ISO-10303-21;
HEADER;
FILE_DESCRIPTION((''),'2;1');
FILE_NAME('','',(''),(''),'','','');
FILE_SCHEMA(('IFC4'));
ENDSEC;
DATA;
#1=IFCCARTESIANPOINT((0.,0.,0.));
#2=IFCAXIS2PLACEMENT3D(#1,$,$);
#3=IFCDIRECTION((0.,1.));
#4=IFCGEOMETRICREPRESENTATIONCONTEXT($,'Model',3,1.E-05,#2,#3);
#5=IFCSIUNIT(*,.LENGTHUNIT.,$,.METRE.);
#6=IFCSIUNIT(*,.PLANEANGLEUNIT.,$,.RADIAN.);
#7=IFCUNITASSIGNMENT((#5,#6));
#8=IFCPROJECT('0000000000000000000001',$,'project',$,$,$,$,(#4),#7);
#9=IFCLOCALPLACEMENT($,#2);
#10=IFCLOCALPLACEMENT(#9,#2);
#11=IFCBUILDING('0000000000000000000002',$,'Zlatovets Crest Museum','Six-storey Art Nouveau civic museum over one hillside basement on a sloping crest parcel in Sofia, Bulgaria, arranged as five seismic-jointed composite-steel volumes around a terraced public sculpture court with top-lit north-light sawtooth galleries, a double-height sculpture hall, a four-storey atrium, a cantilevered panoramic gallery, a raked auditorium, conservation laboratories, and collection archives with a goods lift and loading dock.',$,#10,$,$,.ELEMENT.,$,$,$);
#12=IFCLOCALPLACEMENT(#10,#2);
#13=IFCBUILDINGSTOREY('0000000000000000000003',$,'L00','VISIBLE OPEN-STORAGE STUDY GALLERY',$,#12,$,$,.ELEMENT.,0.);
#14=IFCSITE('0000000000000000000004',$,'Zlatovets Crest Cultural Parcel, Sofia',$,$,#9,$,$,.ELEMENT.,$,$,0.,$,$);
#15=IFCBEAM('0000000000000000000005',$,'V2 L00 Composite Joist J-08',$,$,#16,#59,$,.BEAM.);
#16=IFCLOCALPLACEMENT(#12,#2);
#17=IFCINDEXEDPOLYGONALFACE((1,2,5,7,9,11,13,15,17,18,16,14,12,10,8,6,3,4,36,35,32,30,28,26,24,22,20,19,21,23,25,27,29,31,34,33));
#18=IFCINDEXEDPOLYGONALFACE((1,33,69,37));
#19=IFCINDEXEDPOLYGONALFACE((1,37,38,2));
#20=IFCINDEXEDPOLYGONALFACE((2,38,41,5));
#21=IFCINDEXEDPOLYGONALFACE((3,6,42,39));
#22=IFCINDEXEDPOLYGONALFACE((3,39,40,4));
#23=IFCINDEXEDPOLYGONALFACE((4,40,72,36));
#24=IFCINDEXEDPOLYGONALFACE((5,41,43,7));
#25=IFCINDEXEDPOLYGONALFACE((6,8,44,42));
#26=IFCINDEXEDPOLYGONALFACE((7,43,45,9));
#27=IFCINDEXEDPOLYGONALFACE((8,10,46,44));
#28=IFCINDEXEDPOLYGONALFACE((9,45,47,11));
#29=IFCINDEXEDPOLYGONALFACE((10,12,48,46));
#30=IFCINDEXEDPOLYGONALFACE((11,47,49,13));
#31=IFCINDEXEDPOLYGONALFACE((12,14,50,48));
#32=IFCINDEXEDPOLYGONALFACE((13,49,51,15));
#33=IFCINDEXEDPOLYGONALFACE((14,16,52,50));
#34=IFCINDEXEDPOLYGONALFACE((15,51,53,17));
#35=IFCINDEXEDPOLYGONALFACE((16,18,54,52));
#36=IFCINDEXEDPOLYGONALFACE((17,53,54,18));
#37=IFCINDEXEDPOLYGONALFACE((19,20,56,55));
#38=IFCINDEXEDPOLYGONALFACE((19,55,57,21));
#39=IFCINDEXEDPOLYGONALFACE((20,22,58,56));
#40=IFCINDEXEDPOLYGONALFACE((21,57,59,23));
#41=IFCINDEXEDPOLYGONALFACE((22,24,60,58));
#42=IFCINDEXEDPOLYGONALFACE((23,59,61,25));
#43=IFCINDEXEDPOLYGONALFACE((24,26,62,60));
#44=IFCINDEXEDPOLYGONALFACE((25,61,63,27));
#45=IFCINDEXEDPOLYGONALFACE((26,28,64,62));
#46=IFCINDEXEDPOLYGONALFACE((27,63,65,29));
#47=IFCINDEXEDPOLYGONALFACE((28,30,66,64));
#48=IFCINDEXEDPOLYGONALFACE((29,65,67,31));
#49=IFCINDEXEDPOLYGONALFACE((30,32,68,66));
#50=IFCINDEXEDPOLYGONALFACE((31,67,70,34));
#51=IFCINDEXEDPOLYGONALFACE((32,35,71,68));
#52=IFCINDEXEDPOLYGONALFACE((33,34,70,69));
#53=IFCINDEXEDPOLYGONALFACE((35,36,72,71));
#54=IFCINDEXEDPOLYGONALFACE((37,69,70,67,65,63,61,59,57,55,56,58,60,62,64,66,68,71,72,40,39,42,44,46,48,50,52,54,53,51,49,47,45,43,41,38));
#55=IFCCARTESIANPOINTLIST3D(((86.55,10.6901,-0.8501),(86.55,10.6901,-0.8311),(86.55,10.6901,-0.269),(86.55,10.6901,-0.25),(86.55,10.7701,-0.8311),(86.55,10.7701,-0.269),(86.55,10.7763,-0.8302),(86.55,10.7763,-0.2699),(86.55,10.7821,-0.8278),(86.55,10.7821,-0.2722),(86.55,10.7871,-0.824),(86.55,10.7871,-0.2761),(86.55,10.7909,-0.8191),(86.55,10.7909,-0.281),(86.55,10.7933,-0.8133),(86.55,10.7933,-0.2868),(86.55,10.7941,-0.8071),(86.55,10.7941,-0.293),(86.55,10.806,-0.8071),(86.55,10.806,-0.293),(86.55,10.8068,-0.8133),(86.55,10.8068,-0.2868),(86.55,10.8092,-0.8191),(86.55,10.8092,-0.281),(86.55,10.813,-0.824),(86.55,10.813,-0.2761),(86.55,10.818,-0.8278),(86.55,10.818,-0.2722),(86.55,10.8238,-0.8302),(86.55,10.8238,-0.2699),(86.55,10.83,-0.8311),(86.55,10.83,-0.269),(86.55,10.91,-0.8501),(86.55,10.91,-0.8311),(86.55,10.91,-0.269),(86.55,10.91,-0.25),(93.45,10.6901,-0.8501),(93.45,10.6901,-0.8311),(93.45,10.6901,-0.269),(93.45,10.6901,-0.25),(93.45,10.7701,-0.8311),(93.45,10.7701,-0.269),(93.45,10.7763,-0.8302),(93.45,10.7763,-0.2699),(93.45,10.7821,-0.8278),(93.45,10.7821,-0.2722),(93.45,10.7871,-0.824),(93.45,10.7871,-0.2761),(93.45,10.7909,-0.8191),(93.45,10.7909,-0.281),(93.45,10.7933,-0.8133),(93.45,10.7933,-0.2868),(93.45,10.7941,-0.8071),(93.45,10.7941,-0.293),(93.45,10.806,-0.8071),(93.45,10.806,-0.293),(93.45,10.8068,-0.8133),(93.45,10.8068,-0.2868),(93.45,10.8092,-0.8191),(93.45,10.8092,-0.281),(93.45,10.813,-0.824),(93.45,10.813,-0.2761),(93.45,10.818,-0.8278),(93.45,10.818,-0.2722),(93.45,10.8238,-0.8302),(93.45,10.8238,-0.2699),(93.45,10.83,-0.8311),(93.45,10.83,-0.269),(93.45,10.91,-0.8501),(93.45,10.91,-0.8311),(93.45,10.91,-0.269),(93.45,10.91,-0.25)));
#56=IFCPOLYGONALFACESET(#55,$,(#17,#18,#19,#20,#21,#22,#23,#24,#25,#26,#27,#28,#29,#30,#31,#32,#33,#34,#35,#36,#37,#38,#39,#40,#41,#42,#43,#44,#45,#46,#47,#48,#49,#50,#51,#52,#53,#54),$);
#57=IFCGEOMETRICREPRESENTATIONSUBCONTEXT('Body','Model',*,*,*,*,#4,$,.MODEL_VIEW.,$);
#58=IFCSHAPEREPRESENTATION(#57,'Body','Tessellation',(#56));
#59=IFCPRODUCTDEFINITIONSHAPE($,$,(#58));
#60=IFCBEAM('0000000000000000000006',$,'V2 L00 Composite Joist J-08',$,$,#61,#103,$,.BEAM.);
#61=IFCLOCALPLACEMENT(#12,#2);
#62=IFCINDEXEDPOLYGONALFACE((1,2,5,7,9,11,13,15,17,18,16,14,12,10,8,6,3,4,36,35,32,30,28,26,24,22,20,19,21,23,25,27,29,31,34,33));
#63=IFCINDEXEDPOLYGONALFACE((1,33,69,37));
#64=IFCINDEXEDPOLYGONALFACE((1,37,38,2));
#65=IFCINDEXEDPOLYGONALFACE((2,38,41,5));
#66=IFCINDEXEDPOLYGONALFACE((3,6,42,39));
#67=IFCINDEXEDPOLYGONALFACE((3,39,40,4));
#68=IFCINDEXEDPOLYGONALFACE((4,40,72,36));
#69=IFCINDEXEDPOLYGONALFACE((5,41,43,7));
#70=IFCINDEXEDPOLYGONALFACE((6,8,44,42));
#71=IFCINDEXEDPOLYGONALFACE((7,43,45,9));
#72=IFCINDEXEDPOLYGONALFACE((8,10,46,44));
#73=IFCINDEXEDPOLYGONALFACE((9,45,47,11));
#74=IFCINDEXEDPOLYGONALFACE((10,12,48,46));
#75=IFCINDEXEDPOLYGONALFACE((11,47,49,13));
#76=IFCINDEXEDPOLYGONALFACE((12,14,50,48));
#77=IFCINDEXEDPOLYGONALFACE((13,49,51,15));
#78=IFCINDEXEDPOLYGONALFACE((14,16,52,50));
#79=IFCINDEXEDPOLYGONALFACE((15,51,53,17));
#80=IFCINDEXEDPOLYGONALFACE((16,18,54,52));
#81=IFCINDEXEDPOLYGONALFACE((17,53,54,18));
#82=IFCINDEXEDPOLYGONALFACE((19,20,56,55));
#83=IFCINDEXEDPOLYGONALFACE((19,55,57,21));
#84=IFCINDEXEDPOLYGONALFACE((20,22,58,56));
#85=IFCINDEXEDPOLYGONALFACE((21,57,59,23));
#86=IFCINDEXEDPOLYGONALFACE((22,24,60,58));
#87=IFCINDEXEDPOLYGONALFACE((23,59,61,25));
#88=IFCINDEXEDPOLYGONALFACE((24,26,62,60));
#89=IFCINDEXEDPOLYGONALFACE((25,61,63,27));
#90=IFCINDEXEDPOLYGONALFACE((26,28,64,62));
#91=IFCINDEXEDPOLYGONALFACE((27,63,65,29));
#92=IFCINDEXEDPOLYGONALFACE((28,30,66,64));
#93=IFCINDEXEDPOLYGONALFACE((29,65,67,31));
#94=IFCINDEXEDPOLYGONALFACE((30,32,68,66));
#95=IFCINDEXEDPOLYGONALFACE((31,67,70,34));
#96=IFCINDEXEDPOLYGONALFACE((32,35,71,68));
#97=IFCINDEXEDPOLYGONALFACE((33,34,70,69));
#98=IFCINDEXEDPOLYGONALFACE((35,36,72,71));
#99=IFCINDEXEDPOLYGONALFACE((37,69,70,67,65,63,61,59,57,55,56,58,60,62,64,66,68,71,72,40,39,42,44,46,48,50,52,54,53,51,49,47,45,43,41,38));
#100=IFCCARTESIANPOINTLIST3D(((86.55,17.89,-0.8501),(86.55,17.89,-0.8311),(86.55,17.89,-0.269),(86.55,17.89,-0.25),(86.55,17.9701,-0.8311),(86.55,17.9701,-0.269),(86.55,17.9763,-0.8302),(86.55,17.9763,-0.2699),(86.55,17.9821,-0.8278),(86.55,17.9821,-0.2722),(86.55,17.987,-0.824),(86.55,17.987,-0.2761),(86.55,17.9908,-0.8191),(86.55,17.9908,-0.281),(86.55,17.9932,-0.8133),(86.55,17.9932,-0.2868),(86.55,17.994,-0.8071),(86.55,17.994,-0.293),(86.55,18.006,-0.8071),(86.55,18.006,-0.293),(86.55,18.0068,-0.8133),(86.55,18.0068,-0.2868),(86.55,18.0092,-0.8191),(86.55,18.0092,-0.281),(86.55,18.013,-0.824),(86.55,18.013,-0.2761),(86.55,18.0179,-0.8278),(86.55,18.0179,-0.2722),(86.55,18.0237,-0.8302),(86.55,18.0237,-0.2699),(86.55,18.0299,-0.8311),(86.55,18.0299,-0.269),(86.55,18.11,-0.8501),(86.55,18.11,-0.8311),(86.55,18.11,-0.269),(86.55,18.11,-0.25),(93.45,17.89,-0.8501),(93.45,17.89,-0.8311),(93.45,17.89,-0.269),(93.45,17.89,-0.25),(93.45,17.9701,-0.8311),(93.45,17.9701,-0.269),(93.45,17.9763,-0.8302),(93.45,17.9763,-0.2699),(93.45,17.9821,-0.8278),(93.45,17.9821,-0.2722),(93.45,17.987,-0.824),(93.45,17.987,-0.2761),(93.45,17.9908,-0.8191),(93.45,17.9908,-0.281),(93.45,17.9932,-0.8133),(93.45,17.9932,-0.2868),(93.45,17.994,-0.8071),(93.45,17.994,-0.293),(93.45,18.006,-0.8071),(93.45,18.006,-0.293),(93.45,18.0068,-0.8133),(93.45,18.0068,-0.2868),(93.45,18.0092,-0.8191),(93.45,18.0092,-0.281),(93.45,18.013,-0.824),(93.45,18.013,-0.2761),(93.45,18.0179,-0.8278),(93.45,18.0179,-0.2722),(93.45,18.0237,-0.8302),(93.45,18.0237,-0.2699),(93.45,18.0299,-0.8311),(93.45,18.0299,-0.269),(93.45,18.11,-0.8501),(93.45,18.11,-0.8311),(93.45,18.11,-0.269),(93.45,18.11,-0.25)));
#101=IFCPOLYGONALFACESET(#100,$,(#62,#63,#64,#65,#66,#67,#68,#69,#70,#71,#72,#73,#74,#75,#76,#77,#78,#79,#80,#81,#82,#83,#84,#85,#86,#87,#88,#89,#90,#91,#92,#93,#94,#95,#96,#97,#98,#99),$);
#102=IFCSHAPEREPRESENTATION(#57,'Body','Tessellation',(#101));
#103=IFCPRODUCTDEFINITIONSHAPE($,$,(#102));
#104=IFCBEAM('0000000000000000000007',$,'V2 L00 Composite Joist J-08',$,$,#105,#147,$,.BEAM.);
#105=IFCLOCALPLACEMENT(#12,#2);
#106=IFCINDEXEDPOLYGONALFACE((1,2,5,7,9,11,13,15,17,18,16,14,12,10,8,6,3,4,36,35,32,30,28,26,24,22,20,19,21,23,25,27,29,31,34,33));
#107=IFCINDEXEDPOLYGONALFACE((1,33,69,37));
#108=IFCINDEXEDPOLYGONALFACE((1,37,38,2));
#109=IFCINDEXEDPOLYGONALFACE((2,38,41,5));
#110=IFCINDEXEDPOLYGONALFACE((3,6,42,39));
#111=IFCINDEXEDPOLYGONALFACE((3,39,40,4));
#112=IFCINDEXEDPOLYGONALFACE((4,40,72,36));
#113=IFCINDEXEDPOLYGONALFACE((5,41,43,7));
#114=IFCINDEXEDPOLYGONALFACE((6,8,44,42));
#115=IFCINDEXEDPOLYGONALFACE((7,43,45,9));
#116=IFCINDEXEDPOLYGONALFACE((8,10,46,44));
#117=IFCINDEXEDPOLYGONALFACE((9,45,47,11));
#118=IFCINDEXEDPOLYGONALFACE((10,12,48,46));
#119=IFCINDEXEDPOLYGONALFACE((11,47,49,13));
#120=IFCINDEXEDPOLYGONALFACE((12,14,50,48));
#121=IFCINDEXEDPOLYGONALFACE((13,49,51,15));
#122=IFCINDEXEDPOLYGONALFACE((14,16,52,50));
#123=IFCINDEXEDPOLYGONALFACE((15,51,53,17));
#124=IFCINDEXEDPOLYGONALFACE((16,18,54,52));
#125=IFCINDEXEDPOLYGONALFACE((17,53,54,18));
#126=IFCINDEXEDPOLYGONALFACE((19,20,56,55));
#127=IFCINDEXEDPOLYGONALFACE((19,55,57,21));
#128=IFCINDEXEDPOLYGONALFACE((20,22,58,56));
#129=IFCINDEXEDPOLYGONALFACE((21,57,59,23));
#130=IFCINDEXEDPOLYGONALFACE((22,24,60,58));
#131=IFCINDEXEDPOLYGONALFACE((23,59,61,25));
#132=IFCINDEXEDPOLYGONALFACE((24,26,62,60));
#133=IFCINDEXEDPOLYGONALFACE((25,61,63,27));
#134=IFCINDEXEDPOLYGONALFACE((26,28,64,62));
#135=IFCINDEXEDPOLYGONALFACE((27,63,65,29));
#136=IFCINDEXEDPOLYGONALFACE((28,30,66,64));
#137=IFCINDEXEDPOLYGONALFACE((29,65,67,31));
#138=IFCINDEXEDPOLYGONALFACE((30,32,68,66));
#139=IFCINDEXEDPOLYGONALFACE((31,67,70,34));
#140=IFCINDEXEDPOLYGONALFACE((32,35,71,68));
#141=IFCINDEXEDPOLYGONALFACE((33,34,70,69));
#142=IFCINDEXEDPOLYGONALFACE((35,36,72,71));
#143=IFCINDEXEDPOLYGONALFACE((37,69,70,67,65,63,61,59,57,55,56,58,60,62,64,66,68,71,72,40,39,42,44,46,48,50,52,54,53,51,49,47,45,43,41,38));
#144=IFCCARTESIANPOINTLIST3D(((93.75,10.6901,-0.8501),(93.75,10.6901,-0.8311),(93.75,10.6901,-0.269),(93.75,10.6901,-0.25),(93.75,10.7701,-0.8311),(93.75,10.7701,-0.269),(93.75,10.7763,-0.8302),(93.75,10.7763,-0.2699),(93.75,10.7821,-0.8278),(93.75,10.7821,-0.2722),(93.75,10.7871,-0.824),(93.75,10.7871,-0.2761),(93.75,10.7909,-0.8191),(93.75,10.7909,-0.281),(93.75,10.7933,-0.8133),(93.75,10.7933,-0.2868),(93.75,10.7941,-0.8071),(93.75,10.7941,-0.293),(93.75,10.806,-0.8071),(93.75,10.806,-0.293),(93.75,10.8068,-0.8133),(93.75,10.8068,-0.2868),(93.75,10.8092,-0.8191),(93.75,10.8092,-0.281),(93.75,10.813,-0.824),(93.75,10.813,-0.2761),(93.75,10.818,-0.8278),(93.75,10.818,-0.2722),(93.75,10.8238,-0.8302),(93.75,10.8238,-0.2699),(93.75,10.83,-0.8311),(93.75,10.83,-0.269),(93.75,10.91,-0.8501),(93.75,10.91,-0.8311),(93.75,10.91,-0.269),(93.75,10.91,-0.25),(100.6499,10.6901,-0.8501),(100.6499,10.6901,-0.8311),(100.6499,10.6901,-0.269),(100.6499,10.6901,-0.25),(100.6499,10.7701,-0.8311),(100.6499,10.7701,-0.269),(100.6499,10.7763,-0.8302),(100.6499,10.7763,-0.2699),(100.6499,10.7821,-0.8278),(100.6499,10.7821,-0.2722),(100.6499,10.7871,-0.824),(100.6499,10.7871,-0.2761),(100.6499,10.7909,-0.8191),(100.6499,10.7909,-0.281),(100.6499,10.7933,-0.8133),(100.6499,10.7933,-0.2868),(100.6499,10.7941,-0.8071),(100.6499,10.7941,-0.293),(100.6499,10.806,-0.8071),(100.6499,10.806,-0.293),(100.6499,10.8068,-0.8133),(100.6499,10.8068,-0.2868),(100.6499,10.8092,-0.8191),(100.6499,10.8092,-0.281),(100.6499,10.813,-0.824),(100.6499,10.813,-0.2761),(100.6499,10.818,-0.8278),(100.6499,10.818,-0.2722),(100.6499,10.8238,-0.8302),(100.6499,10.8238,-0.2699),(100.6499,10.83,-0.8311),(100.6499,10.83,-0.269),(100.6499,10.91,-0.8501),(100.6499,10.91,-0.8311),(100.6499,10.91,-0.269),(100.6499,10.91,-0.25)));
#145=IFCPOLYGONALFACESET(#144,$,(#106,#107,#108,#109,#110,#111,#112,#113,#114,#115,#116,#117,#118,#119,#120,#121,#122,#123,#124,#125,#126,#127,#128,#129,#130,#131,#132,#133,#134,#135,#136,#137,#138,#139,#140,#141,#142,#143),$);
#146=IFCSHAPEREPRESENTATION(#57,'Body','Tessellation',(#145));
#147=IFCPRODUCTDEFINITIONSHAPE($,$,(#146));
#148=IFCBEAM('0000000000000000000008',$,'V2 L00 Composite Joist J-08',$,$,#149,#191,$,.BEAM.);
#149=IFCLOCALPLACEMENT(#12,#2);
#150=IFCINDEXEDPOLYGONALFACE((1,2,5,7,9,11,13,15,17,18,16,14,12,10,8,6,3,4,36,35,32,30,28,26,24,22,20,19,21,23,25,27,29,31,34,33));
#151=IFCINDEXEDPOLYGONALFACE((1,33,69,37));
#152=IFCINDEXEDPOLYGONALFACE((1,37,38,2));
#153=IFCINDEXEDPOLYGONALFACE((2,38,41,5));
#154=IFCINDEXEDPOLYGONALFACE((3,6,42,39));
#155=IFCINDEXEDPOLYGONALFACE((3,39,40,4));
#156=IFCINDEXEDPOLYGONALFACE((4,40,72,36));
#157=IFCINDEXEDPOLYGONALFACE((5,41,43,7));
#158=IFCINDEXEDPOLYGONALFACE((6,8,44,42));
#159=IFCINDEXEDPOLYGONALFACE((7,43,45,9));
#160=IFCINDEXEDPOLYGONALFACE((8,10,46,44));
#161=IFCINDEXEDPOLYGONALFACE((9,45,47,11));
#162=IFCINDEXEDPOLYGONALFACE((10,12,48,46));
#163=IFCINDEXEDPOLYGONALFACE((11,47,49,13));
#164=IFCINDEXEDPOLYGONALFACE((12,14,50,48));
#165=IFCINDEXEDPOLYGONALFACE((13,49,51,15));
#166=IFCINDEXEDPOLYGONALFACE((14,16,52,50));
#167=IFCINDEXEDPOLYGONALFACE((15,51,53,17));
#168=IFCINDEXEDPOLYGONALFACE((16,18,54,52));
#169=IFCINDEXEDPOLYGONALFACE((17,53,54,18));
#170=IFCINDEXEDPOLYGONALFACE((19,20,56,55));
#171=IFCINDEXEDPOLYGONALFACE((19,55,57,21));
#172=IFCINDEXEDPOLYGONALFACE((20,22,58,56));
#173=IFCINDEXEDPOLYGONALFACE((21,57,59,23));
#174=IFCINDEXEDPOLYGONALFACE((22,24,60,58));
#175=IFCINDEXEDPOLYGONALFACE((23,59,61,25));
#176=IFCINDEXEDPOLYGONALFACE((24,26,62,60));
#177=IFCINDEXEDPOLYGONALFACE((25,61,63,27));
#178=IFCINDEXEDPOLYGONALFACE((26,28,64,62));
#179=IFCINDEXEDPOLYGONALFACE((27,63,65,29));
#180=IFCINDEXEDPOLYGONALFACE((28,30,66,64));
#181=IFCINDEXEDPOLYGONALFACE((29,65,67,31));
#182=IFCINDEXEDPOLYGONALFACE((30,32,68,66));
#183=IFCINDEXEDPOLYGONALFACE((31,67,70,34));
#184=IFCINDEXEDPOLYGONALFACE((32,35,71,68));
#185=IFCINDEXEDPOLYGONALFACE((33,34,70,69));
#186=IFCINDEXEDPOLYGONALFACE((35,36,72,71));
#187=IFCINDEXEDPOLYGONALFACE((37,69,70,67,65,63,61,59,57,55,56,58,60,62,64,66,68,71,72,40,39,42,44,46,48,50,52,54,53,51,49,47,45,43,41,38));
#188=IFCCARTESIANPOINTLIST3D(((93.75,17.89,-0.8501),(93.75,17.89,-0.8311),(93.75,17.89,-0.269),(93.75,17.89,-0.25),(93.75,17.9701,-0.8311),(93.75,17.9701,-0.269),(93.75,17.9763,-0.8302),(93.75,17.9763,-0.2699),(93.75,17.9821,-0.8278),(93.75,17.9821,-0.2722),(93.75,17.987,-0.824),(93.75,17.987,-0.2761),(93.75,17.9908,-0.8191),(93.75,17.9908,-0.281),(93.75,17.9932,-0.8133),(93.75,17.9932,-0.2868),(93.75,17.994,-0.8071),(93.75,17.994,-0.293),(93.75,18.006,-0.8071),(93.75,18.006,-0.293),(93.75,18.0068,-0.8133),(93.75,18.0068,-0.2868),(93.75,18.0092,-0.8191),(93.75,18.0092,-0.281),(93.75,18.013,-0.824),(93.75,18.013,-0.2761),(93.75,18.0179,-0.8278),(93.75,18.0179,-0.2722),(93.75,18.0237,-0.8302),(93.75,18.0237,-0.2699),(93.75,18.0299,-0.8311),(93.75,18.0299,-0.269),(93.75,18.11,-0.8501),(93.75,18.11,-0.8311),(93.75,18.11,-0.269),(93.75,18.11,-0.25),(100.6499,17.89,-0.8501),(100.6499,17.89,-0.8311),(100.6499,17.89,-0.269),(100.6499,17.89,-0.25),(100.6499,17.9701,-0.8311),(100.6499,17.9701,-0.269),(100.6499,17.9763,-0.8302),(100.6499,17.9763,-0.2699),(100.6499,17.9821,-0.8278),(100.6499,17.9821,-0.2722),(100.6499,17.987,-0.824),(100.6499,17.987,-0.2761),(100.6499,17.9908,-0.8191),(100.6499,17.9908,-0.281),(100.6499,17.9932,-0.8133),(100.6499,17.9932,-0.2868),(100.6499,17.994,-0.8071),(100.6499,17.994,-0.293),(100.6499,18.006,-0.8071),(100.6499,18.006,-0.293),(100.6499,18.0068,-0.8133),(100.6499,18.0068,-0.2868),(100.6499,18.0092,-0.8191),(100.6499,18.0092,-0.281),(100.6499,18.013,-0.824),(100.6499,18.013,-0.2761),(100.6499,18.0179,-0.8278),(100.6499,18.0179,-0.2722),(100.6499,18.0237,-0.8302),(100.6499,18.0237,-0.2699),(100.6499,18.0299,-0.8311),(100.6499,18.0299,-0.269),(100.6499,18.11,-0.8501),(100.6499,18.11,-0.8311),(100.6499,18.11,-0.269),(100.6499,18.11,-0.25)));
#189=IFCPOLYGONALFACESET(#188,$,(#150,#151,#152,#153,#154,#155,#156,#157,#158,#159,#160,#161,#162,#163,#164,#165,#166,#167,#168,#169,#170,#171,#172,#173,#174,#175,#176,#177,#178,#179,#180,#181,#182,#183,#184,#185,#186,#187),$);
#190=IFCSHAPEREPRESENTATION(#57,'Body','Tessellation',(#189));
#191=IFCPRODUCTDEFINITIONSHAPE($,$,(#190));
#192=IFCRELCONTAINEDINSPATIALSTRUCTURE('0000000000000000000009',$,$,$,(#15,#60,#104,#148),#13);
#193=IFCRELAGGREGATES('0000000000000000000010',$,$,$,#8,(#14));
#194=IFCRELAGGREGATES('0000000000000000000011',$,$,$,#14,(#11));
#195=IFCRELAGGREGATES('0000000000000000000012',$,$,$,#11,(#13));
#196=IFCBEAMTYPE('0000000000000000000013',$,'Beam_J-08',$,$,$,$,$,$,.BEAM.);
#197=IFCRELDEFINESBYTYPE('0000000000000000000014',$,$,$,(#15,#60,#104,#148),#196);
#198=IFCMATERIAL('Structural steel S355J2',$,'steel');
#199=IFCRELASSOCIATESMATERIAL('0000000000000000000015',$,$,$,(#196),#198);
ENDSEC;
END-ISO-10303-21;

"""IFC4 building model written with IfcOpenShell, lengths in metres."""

from ifc_helpers import new_model, si_unit, direction, frame, origin, origin_2d, place, context, subcontext, project, spatial, i_section, extrude, material, material_profile, profile_set, type_object, element, save


model = new_model("IFC4")

# Units and contexts
model_context = context("Model", 3, precision=1e-05, world=origin(), true_north=direction((0.0, 1.0)))
body_context = subcontext(model_context, "Body", "Model", "MODEL_VIEW")
ifc_project = project(units=[si_unit("LENGTHUNIT", "METRE"), si_unit("PLANEANGLEUNIT", "RADIAN")], contexts=[model_context])

# Site, building, storey
site_placement = place(None, origin())
site = spatial("IfcSite", under=ifc_project, at=site_placement, Name="Zlatovets Crest Cultural Parcel, Sofia", CompositionType="ELEMENT", RefElevation=0.0)
building_placement = place(site_placement, origin())
building = spatial("IfcBuilding", under=site, at=building_placement, Name="Zlatovets Crest Museum", Description="Six-storey Art Nouveau civic museum over one hillside basement on a sloping crest parcel in Sofia, Bulgaria, arranged as five seismic-jointed composite-steel volumes around a terraced public sculpture court with top-lit north-light sawtooth galleries, a double-height sculpture hall, a four-storey atrium, a cantilevered panoramic gallery, a raked auditorium, conservation laboratories, and collection archives with a goods lift and loading dock.", CompositionType="ELEMENT")
storey_placement = place(building_placement, origin())
storey = spatial("IfcBuildingStorey", under=building, at=storey_placement, Name="L00", Description="VISIBLE OPEN-STORAGE STUDY GALLERY", CompositionType="ELEMENT", Elevation=0.0)

# Shared definitions
ifc_material_1 = material(Name="Structural steel S355J2", Category="steel")

# Beams
ifc_material_profile_1 = material_profile(ifc_material_1, i_section(OverallWidth=0.22, OverallDepth=0.6001, WebThickness=0.012, FlangeThickness=0.019, FilletRadius=0.0239, at=origin_2d()), Name="IPE 600")
ifc_profile_set_1 = profile_set([ifc_material_profile_1], Name="Structural steel S355J2")
beam_type_1 = type_object("IfcBeamType", Name="Beam_J-08", PredefinedType="BEAM", material=ifc_profile_set_1)
for number, where, z_axis, x_axis, name in (
    (1, (86.55, 10.8, -0.55), (1.0, 0.0, 0.0), (0.0, 1.0, 0.0), "V2 L00 Composite Joist J-08"),
    (2, (86.55, 18.0, -0.55), (1.0, 0.0, 0.0), (0.0, 1.0, 0.0), "V2 L00 Composite Joist J-08"),
    (3, (93.75, 10.8, -0.55), (1.0, 0.0, 0.0), (0.0, 1.0, 0.0), "V2 L00 Composite Joist J-08"),
    (4, (93.75, 18.0, -0.55), (1.0, 0.0, 0.0), (0.0, 1.0, 0.0), "V2 L00 Composite Joist J-08"),
):
    element("IfcBeam", number, at=place(storey_placement, frame(where, z_axis=z_axis, x_axis=x_axis)), inside=storey, type_object=beam_type_1, Name=name, PredefinedType="BEAM", context=body_context, shape_type="SweptSolid", body=[
        extrude(i_section(OverallWidth=0.22, OverallDepth=0.6001, WebThickness=0.012, FlangeThickness=0.019, FilletRadius=0.0239, at=origin_2d()), origin(), (0.0, 0.0, 1.0), 6.8999),
    ])

save(model, "model.ifc")
